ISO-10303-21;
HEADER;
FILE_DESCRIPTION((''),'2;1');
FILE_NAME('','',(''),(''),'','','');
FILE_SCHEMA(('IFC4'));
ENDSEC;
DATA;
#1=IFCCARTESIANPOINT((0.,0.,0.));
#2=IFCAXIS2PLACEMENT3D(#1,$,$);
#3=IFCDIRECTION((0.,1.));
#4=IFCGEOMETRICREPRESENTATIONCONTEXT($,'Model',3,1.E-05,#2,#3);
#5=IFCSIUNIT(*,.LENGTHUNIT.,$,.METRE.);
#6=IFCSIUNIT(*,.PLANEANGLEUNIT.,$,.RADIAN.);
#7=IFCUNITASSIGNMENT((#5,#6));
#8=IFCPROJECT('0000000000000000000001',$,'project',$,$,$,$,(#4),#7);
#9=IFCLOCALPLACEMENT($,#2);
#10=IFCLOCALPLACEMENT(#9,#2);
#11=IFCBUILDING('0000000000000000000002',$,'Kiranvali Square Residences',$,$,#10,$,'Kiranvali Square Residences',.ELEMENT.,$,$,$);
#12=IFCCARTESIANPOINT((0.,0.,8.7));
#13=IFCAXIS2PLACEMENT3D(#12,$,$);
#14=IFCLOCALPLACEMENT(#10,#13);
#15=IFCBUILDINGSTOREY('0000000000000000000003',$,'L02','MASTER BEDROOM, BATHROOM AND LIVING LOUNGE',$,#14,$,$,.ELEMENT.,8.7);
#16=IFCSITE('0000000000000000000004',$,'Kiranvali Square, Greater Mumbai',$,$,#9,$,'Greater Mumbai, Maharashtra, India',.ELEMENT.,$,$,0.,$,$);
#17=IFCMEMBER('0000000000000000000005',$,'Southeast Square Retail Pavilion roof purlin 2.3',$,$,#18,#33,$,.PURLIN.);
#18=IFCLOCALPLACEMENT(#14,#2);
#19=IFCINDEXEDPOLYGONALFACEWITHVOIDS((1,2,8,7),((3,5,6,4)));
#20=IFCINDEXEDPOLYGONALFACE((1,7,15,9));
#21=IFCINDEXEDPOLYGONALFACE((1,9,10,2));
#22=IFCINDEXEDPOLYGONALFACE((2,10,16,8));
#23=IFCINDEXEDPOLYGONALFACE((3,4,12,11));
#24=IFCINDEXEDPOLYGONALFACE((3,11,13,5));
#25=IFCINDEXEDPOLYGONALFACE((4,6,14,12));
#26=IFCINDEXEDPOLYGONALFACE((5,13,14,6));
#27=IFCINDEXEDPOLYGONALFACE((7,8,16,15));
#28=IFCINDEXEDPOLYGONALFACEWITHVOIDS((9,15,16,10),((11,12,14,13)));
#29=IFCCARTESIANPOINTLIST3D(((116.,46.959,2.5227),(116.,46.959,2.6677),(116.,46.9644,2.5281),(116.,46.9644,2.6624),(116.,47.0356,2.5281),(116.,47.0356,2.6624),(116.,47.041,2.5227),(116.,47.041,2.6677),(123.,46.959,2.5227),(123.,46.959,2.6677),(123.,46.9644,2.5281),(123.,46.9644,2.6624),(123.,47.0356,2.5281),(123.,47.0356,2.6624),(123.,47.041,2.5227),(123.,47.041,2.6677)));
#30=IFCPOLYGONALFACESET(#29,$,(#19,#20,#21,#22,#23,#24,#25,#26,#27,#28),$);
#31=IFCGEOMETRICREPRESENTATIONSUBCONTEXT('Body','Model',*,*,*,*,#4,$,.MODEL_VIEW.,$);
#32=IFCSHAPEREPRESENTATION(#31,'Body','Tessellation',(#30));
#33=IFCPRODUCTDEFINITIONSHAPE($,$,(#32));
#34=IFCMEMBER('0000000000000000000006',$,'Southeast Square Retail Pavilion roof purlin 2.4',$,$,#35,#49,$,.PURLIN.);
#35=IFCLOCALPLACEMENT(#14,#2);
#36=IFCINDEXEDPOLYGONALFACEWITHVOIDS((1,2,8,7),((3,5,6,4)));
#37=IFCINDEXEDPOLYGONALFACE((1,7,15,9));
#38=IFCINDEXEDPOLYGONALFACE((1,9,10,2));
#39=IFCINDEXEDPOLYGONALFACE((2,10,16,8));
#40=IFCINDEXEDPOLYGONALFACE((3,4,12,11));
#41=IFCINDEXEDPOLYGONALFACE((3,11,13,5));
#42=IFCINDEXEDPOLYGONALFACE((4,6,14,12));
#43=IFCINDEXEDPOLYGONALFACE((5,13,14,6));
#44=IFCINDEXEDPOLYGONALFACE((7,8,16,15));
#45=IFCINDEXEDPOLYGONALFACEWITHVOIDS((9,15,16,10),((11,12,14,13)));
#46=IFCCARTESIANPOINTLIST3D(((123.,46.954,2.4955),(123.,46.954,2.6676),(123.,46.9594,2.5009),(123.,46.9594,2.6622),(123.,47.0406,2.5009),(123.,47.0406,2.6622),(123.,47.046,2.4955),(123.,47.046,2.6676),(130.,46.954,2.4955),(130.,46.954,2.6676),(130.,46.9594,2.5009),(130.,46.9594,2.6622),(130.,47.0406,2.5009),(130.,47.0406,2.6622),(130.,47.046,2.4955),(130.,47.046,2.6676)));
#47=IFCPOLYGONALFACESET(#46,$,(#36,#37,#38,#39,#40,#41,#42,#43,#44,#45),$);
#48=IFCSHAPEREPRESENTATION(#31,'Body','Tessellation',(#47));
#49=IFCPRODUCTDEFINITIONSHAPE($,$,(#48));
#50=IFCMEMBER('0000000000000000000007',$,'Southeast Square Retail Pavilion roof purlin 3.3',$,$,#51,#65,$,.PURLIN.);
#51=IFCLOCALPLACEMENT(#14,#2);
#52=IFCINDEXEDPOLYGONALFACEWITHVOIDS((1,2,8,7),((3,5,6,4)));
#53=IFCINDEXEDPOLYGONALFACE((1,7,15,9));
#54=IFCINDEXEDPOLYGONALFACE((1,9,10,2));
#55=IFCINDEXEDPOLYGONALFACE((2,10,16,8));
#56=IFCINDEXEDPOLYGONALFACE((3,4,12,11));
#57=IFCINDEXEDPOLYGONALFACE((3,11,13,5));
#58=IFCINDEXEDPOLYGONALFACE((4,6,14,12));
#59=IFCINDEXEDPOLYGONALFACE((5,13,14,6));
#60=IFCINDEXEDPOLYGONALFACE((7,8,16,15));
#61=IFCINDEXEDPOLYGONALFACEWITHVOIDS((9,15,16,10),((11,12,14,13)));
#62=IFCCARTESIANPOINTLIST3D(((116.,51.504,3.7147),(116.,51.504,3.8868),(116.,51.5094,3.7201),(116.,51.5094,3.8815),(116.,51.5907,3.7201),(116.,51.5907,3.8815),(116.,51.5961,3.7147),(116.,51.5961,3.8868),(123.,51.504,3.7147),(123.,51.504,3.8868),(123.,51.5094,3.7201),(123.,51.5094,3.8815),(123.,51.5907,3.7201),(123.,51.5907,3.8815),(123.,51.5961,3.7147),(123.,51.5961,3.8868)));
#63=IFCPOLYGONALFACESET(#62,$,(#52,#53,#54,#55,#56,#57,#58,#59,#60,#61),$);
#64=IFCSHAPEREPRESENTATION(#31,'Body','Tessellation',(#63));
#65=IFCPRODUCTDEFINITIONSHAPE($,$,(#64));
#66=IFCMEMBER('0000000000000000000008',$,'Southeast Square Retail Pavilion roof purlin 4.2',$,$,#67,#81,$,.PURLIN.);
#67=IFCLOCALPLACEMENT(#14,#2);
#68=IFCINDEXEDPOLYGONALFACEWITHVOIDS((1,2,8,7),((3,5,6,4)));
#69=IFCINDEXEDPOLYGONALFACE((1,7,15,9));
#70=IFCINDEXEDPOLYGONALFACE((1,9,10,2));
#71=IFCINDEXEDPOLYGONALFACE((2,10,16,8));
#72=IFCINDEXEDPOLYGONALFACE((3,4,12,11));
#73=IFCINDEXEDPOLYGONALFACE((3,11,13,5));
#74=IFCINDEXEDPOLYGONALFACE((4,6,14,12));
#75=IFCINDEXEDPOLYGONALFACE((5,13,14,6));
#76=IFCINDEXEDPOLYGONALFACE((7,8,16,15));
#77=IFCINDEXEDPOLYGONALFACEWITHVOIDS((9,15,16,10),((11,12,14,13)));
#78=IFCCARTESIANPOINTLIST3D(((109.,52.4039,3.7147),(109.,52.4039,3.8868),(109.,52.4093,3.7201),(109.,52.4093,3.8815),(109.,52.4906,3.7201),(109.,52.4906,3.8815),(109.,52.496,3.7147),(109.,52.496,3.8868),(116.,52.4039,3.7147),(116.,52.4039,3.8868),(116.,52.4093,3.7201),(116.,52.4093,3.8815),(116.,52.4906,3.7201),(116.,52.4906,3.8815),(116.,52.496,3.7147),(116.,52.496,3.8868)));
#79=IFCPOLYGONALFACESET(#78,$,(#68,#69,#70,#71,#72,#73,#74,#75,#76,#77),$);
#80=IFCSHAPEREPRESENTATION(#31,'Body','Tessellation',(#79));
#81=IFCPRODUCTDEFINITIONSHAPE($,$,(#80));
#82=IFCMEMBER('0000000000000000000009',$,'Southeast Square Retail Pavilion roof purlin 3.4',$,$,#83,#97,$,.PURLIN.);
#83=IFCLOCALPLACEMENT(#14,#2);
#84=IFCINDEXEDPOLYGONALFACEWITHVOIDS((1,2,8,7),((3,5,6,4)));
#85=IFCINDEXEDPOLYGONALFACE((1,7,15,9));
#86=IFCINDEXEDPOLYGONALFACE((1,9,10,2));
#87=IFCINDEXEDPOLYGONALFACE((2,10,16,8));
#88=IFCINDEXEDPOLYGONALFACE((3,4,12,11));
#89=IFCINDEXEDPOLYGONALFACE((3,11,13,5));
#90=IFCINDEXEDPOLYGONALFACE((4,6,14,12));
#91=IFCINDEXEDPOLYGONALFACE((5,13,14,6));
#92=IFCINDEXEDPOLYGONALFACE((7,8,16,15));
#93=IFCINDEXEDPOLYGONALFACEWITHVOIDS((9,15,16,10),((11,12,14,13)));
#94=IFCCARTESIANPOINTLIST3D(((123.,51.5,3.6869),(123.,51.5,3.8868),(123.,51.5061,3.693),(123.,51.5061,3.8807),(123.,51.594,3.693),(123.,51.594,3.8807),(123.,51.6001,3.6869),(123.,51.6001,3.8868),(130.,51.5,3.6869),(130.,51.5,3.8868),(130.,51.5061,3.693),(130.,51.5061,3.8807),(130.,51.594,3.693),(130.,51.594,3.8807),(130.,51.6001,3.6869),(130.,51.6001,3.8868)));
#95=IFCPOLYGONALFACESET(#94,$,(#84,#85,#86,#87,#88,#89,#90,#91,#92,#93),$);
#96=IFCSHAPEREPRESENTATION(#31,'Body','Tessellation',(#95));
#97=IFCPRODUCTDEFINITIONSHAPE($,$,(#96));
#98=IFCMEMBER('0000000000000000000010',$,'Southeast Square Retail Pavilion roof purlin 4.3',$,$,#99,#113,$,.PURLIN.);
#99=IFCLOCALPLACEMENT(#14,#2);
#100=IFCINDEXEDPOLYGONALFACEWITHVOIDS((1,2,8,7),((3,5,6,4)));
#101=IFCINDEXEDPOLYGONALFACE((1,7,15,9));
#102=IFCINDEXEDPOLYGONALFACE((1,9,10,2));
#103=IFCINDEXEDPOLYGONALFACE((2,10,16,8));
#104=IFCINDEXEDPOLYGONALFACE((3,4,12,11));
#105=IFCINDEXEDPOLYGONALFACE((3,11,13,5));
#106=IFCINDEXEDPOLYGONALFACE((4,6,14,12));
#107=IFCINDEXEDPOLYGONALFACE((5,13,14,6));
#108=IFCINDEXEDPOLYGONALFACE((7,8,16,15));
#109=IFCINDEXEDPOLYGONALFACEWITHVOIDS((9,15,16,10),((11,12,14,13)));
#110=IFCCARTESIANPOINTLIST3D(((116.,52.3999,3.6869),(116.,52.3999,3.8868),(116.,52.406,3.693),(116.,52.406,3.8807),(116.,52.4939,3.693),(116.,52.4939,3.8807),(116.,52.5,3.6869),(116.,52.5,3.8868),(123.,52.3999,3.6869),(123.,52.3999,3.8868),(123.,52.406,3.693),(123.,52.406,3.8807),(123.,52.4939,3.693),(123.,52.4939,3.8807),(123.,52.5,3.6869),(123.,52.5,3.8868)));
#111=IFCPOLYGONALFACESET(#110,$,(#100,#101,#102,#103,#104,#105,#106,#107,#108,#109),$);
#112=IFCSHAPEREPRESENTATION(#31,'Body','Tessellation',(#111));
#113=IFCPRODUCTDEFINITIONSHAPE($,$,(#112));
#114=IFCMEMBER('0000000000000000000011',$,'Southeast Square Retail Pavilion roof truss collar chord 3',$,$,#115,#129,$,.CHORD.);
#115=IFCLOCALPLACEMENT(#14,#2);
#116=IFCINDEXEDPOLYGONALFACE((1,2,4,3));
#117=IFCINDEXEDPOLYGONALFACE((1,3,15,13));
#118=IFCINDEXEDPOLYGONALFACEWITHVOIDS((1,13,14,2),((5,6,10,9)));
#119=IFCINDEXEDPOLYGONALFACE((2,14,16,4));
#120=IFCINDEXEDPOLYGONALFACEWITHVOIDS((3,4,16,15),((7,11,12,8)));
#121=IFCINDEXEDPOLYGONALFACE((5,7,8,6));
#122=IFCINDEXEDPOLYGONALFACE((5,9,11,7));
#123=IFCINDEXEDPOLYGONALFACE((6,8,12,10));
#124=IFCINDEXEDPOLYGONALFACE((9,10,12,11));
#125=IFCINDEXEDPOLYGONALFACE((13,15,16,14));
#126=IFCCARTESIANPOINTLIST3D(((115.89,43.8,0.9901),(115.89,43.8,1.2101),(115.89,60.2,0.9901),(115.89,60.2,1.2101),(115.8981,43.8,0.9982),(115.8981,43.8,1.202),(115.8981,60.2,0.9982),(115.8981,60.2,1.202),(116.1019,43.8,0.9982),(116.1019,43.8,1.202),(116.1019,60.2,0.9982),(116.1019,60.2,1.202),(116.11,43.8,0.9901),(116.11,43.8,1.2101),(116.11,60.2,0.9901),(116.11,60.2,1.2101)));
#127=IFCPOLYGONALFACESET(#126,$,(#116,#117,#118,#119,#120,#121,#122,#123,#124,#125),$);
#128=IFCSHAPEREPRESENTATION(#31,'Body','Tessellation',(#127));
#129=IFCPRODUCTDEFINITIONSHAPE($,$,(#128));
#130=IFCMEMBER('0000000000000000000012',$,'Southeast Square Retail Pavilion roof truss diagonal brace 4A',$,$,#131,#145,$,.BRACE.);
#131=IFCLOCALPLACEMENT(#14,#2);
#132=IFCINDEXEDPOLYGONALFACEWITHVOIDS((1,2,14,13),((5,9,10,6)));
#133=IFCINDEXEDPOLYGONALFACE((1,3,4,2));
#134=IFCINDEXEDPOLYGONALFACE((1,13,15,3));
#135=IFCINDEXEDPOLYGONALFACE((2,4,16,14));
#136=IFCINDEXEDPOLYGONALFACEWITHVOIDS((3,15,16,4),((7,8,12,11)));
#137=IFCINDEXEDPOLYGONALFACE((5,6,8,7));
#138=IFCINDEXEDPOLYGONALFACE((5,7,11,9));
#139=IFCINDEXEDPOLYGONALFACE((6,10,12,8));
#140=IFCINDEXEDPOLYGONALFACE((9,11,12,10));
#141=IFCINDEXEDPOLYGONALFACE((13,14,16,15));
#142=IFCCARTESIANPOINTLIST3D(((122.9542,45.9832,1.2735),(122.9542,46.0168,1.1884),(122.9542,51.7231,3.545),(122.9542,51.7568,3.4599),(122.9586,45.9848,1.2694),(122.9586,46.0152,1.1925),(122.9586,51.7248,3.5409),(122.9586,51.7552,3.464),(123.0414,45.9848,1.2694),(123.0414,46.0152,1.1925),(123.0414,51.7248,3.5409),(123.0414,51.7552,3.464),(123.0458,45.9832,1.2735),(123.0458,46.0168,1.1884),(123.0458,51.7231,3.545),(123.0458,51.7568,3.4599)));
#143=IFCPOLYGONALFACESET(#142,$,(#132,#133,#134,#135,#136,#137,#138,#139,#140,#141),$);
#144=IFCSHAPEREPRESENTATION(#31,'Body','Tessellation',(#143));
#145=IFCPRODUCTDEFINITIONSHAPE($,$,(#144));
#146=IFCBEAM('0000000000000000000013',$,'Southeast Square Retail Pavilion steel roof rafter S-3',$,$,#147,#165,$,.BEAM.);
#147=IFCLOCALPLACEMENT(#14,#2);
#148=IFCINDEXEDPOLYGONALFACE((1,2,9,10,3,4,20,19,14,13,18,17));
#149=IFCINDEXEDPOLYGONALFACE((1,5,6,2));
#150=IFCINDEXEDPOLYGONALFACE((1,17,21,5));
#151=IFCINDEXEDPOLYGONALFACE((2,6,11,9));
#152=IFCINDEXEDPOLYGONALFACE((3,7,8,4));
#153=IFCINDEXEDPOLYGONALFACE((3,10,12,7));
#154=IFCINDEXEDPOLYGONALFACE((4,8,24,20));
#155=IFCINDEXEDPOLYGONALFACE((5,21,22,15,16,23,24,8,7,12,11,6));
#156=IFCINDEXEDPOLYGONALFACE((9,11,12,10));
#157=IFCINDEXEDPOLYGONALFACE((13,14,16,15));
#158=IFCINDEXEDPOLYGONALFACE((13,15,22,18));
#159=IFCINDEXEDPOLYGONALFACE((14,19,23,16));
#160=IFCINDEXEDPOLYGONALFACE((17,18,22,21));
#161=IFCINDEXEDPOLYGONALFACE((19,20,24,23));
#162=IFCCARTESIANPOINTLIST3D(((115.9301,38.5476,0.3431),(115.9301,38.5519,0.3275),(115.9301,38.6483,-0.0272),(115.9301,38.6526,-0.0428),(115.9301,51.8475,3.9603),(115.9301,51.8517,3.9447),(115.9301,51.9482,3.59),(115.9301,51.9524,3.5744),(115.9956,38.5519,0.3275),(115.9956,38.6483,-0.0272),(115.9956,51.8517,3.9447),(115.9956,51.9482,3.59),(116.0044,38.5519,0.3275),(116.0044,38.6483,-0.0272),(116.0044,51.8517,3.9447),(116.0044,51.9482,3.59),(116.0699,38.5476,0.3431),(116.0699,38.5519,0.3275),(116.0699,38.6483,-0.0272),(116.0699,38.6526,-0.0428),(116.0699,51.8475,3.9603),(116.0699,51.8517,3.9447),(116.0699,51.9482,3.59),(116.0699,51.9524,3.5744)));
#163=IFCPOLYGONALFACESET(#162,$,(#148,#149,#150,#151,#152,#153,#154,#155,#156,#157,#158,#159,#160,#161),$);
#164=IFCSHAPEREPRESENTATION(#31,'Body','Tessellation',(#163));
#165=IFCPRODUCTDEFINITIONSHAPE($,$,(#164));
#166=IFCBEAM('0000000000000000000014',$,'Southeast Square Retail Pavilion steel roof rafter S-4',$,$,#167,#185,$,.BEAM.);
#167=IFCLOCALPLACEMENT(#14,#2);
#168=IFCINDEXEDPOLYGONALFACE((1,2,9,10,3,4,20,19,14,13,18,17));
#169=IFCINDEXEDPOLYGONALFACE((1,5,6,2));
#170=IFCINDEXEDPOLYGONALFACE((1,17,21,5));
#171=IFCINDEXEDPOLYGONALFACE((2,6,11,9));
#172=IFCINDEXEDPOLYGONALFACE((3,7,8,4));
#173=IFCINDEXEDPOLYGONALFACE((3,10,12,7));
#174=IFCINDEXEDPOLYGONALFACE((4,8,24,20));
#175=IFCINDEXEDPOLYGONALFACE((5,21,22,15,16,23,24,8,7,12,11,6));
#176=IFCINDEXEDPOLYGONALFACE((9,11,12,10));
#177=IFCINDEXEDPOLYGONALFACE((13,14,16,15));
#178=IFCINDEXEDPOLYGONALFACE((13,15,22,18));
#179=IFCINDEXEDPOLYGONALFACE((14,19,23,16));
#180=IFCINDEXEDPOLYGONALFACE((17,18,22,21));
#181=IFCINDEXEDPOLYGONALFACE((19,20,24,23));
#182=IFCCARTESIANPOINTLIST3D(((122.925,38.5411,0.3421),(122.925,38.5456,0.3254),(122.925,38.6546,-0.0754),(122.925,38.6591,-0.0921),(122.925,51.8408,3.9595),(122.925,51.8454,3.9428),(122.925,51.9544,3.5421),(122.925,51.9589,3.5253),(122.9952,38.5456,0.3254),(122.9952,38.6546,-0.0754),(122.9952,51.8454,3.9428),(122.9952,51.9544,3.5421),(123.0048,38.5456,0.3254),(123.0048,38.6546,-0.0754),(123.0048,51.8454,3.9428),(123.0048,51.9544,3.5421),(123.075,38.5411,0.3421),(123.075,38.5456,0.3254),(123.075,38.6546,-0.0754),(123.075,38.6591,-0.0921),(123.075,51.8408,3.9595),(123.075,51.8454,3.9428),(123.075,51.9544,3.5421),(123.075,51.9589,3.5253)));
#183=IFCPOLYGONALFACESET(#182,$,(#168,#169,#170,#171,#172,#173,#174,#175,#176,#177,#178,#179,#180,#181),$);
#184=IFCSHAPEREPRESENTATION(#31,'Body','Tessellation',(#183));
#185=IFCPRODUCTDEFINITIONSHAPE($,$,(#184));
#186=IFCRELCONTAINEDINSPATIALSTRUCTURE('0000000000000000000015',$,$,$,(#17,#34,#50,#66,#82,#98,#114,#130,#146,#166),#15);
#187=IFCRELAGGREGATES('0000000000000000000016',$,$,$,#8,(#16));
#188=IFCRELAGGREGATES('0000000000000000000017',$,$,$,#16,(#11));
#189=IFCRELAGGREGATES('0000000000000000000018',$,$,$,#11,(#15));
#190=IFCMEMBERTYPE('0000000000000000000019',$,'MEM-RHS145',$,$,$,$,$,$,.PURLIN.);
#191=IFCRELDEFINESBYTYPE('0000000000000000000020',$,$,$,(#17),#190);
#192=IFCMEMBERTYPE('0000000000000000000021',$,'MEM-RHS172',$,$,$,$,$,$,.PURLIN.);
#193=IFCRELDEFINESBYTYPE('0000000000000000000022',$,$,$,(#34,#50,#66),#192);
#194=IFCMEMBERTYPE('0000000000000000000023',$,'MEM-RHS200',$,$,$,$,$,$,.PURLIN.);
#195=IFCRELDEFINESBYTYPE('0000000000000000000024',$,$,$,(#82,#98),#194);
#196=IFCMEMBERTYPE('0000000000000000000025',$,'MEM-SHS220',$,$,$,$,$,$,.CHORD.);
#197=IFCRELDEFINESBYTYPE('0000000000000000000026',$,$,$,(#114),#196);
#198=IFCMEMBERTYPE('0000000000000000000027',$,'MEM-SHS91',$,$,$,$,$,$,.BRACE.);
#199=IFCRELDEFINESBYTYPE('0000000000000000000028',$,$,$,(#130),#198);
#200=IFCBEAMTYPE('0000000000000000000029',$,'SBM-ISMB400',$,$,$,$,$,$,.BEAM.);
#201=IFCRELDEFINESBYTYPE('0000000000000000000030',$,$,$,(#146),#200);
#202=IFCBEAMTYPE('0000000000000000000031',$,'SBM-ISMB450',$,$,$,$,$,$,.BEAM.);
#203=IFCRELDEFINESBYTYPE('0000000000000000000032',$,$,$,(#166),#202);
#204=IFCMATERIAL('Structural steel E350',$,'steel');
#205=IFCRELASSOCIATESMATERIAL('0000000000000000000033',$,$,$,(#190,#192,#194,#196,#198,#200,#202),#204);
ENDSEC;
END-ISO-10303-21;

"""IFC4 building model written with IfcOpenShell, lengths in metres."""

from ifc_helpers import new_model, si_unit, direction, frame, origin, origin_2d, place, context, subcontext, project, spatial, hollow_rectangle, i_section, extrude, material, material_profile, profile_set, type_object, element, save


model = new_model("IFC4")

# Units and contexts
model_context = context("Model", 3, precision=1e-05, world=origin(), true_north=direction((0.0, 1.0)))
body_context = subcontext(model_context, "Body", "Model", "MODEL_VIEW")
ifc_project = project(units=[si_unit("LENGTHUNIT", "METRE"), si_unit("PLANEANGLEUNIT", "RADIAN")], contexts=[model_context])

# Site, building, storey
site_placement = place(None, origin())
site = spatial("IfcSite", under=ifc_project, at=site_placement, Name="Kiranvali Square, Greater Mumbai", LongName="Greater Mumbai, Maharashtra, India", CompositionType="ELEMENT", RefElevation=0.0)
building_placement = place(site_placement, origin())
building = spatial("IfcBuilding", under=site, at=building_placement, Name="Kiranvali Square Residences", LongName="Kiranvali Square Residences", CompositionType="ELEMENT")
storey_placement = place(building_placement, frame((0.0, 0.0, 8.7)))
storey = spatial("IfcBuildingStorey", under=building, at=storey_placement, Name="L02", Description="MASTER BEDROOM, BATHROOM AND LIVING LOUNGE", CompositionType="ELEMENT", Elevation=8.7)

# Shared definitions
ifc_material = material(Name="Structural steel E350", Category="steel")

# Members
ifc_material_profile_1 = material_profile(ifc_material, hollow_rectangle(XDim=0.082, YDim=0.145, WallThickness=0.0054, at=origin_2d()), Name="RHS 145x82x5.4")
ifc_profile_set_1 = profile_set([ifc_material_profile_1], Name="Structural steel E350")
member_type_1 = type_object("IfcMemberType", Name="MEM-RHS145", PredefinedType="PURLIN", material=ifc_profile_set_1)
for number, where, z_axis, x_axis, name in (
    (1, (116.0, 47.0, 2.5952), (1.0, 0.0, 0.0), (0.0, 1.0, 0.0), "Southeast Square Retail Pavilion roof purlin 2.3"),
):
    element("IfcMember", number, at=place(storey_placement, frame(where, z_axis=z_axis, x_axis=x_axis)), inside=storey, type_object=member_type_1, Name=name, PredefinedType="PURLIN", context=body_context, shape_type="SweptSolid", body=[
        extrude(hollow_rectangle(XDim=0.082, YDim=0.145, WallThickness=0.0054, at=origin_2d()), origin(), (0.0, 0.0, 1.0), 7.0),
    ])
ifc_material_profile_2 = material_profile(ifc_material, hollow_rectangle(XDim=0.092, YDim=0.1721, WallThickness=0.0054, at=origin_2d()), Name="RHS 172x92x5.4")
ifc_profile_set_2 = profile_set([ifc_material_profile_2], Name="Structural steel E350")
member_type_2 = type_object("IfcMemberType", Name="MEM-RHS172", PredefinedType="PURLIN", material=ifc_profile_set_2)
for number, where, z_axis, x_axis, name in (
    (2, (123.0, 47.0, 2.5815), (1.0, 0.0, 0.0), (0.0, 1.0, 0.0), "Southeast Square Retail Pavilion roof purlin 2.4"),
    (3, (116.0, 51.55, 3.8008), (1.0, 0.0, 0.0), (0.0, 1.0, 0.0), "Southeast Square Retail Pavilion roof purlin 3.3"),
    (4, (109.0, 52.45, 3.8008), (1.0, 0.0, 0.0), (0.0, 1.0, 0.0), "Southeast Square Retail Pavilion roof purlin 4.2"),
):
    element("IfcMember", number, at=place(storey_placement, frame(where, z_axis=z_axis, x_axis=x_axis)), inside=storey, type_object=member_type_2, Name=name, PredefinedType="PURLIN", context=body_context, shape_type="SweptSolid", body=[
        extrude(hollow_rectangle(XDim=0.092, YDim=0.1721, WallThickness=0.0054, at=origin_2d()), origin(), (0.0, 0.0, 1.0), 7.0),
    ])
ifc_material_profile_3 = material_profile(ifc_material, hollow_rectangle(XDim=0.1001, YDim=0.2, WallThickness=0.0061, at=origin_2d()), Name="RHS 200x100x6.0")
ifc_profile_set_3 = profile_set([ifc_material_profile_3], Name="Structural steel E350")
member_type_3 = type_object("IfcMemberType", Name="MEM-RHS200", PredefinedType="PURLIN", material=ifc_profile_set_3)
for number, where, z_axis, x_axis, name in (
    (5, (123.0, 51.55, 3.7869), (1.0, 0.0, 0.0), (0.0, 1.0, 0.0), "Southeast Square Retail Pavilion roof purlin 3.4"),
    (6, (116.0, 52.45, 3.7869), (1.0, 0.0, 0.0), (0.0, 1.0, 0.0), "Southeast Square Retail Pavilion roof purlin 4.3"),
):
    element("IfcMember", number, at=place(storey_placement, frame(where, z_axis=z_axis, x_axis=x_axis)), inside=storey, type_object=member_type_3, Name=name, PredefinedType="PURLIN", context=body_context, shape_type="SweptSolid", body=[
        extrude(hollow_rectangle(XDim=0.1001, YDim=0.2, WallThickness=0.0061, at=origin_2d()), origin(), (0.0, 0.0, 1.0), 7.0),
    ])
ifc_material_profile_4 = material_profile(ifc_material, hollow_rectangle(XDim=0.22, YDim=0.22, WallThickness=0.0081, at=origin_2d()), Name="SHS 220x220x8.0")
ifc_profile_set_4 = profile_set([ifc_material_profile_4], Name="Structural steel E350")
member_type_4 = type_object("IfcMemberType", Name="MEM-SHS220", PredefinedType="CHORD", material=ifc_profile_set_4)
member_1_placement = place(storey_placement, frame((116.0, 43.8, 1.1001), z_axis=(0.0, 1.0, 0.0), x_axis=(-1.0, 0.0, 0.0)))
element("IfcMember", 7, at=member_1_placement, inside=storey, type_object=member_type_4, Name="Southeast Square Retail Pavilion roof truss collar chord 3", PredefinedType="CHORD", context=body_context, shape_type="SweptSolid", body=[
    extrude(hollow_rectangle(XDim=0.22, YDim=0.22, WallThickness=0.0081, at=origin_2d()), origin(), (0.0, 0.0, 1.0), 16.3999),
])
ifc_material_profile_5 = material_profile(ifc_material, hollow_rectangle(XDim=0.0916, YDim=0.0916, WallThickness=0.0044, at=origin_2d()), Name="SHS 91.5x91.5x4.5")
ifc_profile_set_5 = profile_set([ifc_material_profile_5], Name="Structural steel E350")
member_type_5 = type_object("IfcMemberType", Name="MEM-SHS91", PredefinedType="BRACE", material=ifc_profile_set_5)
member_2_placement = place(storey_placement, frame((123.0, 46.0, 1.231), z_axis=(0.0, 0.92984, 0.367965), x_axis=(-1.0, 0.0, 0.0)))
element("IfcMember", 8, at=member_2_placement, inside=storey, type_object=member_type_5, Name="Southeast Square Retail Pavilion roof truss diagonal brace 4A", PredefinedType="BRACE", context=body_context, shape_type="SweptSolid", body=[
    extrude(hollow_rectangle(XDim=0.0916, YDim=0.0916, WallThickness=0.0044, at=origin_2d()), origin(), (0.0, 0.0, 1.0), 6.1731),
])

# Beams
ifc_material_profile_6 = material_profile(ifc_material, i_section(OverallWidth=0.1399, OverallDepth=0.3999, WebThickness=0.0088, FlangeThickness=0.0161, at=origin_2d()), Name="ISMB 400")
ifc_profile_set_6 = profile_set([ifc_material_profile_6], Name="Structural steel E350")
beam_type_1 = type_object("IfcBeamType", Name="SBM-ISMB400", PredefinedType="BEAM", material=ifc_profile_set_6)
beam_1_placement = place(storey_placement, frame((116.0, 38.6001, 0.1501), z_axis=(0.0, 0.964948, 0.26244), x_axis=(-1.0, 0.0, 0.0)))
element("IfcBeam", 9, at=beam_1_placement, inside=storey, type_object=beam_type_1, Name="Southeast Square Retail Pavilion steel roof rafter S-3", PredefinedType="BEAM", context=body_context, shape_type="SweptSolid", body=[
    extrude(i_section(OverallWidth=0.1399, OverallDepth=0.3999, WebThickness=0.0088, FlangeThickness=0.0161, at=origin_2d()), origin(), (0.0, 0.0, 1.0), 13.783),
])
ifc_material_profile_7 = material_profile(ifc_material, i_section(OverallWidth=0.1499, OverallDepth=0.45, WebThickness=0.0095, FlangeThickness=0.0173, at=origin_2d()), Name="ISMB 450")
ifc_profile_set_7 = profile_set([ifc_material_profile_7], Name="Structural steel E350")
beam_type_2 = type_object("IfcBeamType", Name="SBM-ISMB450", PredefinedType="BEAM", material=ifc_profile_set_7)
beam_2_placement = place(storey_placement, frame((123.0, 38.6001, 0.125), z_axis=(0.0, 0.964944, 0.262456), x_axis=(-1.0, 0.0, 0.0)))
element("IfcBeam", 10, at=beam_2_placement, inside=storey, type_object=beam_type_2, Name="Southeast Square Retail Pavilion steel roof rafter S-4", PredefinedType="BEAM", context=body_context, shape_type="SweptSolid", body=[
    extrude(i_section(OverallWidth=0.1499, OverallDepth=0.45, WebThickness=0.0095, FlangeThickness=0.0173, at=origin_2d()), origin(), (0.0, 0.0, 1.0), 13.783),
])

save(model, "model.ifc")
